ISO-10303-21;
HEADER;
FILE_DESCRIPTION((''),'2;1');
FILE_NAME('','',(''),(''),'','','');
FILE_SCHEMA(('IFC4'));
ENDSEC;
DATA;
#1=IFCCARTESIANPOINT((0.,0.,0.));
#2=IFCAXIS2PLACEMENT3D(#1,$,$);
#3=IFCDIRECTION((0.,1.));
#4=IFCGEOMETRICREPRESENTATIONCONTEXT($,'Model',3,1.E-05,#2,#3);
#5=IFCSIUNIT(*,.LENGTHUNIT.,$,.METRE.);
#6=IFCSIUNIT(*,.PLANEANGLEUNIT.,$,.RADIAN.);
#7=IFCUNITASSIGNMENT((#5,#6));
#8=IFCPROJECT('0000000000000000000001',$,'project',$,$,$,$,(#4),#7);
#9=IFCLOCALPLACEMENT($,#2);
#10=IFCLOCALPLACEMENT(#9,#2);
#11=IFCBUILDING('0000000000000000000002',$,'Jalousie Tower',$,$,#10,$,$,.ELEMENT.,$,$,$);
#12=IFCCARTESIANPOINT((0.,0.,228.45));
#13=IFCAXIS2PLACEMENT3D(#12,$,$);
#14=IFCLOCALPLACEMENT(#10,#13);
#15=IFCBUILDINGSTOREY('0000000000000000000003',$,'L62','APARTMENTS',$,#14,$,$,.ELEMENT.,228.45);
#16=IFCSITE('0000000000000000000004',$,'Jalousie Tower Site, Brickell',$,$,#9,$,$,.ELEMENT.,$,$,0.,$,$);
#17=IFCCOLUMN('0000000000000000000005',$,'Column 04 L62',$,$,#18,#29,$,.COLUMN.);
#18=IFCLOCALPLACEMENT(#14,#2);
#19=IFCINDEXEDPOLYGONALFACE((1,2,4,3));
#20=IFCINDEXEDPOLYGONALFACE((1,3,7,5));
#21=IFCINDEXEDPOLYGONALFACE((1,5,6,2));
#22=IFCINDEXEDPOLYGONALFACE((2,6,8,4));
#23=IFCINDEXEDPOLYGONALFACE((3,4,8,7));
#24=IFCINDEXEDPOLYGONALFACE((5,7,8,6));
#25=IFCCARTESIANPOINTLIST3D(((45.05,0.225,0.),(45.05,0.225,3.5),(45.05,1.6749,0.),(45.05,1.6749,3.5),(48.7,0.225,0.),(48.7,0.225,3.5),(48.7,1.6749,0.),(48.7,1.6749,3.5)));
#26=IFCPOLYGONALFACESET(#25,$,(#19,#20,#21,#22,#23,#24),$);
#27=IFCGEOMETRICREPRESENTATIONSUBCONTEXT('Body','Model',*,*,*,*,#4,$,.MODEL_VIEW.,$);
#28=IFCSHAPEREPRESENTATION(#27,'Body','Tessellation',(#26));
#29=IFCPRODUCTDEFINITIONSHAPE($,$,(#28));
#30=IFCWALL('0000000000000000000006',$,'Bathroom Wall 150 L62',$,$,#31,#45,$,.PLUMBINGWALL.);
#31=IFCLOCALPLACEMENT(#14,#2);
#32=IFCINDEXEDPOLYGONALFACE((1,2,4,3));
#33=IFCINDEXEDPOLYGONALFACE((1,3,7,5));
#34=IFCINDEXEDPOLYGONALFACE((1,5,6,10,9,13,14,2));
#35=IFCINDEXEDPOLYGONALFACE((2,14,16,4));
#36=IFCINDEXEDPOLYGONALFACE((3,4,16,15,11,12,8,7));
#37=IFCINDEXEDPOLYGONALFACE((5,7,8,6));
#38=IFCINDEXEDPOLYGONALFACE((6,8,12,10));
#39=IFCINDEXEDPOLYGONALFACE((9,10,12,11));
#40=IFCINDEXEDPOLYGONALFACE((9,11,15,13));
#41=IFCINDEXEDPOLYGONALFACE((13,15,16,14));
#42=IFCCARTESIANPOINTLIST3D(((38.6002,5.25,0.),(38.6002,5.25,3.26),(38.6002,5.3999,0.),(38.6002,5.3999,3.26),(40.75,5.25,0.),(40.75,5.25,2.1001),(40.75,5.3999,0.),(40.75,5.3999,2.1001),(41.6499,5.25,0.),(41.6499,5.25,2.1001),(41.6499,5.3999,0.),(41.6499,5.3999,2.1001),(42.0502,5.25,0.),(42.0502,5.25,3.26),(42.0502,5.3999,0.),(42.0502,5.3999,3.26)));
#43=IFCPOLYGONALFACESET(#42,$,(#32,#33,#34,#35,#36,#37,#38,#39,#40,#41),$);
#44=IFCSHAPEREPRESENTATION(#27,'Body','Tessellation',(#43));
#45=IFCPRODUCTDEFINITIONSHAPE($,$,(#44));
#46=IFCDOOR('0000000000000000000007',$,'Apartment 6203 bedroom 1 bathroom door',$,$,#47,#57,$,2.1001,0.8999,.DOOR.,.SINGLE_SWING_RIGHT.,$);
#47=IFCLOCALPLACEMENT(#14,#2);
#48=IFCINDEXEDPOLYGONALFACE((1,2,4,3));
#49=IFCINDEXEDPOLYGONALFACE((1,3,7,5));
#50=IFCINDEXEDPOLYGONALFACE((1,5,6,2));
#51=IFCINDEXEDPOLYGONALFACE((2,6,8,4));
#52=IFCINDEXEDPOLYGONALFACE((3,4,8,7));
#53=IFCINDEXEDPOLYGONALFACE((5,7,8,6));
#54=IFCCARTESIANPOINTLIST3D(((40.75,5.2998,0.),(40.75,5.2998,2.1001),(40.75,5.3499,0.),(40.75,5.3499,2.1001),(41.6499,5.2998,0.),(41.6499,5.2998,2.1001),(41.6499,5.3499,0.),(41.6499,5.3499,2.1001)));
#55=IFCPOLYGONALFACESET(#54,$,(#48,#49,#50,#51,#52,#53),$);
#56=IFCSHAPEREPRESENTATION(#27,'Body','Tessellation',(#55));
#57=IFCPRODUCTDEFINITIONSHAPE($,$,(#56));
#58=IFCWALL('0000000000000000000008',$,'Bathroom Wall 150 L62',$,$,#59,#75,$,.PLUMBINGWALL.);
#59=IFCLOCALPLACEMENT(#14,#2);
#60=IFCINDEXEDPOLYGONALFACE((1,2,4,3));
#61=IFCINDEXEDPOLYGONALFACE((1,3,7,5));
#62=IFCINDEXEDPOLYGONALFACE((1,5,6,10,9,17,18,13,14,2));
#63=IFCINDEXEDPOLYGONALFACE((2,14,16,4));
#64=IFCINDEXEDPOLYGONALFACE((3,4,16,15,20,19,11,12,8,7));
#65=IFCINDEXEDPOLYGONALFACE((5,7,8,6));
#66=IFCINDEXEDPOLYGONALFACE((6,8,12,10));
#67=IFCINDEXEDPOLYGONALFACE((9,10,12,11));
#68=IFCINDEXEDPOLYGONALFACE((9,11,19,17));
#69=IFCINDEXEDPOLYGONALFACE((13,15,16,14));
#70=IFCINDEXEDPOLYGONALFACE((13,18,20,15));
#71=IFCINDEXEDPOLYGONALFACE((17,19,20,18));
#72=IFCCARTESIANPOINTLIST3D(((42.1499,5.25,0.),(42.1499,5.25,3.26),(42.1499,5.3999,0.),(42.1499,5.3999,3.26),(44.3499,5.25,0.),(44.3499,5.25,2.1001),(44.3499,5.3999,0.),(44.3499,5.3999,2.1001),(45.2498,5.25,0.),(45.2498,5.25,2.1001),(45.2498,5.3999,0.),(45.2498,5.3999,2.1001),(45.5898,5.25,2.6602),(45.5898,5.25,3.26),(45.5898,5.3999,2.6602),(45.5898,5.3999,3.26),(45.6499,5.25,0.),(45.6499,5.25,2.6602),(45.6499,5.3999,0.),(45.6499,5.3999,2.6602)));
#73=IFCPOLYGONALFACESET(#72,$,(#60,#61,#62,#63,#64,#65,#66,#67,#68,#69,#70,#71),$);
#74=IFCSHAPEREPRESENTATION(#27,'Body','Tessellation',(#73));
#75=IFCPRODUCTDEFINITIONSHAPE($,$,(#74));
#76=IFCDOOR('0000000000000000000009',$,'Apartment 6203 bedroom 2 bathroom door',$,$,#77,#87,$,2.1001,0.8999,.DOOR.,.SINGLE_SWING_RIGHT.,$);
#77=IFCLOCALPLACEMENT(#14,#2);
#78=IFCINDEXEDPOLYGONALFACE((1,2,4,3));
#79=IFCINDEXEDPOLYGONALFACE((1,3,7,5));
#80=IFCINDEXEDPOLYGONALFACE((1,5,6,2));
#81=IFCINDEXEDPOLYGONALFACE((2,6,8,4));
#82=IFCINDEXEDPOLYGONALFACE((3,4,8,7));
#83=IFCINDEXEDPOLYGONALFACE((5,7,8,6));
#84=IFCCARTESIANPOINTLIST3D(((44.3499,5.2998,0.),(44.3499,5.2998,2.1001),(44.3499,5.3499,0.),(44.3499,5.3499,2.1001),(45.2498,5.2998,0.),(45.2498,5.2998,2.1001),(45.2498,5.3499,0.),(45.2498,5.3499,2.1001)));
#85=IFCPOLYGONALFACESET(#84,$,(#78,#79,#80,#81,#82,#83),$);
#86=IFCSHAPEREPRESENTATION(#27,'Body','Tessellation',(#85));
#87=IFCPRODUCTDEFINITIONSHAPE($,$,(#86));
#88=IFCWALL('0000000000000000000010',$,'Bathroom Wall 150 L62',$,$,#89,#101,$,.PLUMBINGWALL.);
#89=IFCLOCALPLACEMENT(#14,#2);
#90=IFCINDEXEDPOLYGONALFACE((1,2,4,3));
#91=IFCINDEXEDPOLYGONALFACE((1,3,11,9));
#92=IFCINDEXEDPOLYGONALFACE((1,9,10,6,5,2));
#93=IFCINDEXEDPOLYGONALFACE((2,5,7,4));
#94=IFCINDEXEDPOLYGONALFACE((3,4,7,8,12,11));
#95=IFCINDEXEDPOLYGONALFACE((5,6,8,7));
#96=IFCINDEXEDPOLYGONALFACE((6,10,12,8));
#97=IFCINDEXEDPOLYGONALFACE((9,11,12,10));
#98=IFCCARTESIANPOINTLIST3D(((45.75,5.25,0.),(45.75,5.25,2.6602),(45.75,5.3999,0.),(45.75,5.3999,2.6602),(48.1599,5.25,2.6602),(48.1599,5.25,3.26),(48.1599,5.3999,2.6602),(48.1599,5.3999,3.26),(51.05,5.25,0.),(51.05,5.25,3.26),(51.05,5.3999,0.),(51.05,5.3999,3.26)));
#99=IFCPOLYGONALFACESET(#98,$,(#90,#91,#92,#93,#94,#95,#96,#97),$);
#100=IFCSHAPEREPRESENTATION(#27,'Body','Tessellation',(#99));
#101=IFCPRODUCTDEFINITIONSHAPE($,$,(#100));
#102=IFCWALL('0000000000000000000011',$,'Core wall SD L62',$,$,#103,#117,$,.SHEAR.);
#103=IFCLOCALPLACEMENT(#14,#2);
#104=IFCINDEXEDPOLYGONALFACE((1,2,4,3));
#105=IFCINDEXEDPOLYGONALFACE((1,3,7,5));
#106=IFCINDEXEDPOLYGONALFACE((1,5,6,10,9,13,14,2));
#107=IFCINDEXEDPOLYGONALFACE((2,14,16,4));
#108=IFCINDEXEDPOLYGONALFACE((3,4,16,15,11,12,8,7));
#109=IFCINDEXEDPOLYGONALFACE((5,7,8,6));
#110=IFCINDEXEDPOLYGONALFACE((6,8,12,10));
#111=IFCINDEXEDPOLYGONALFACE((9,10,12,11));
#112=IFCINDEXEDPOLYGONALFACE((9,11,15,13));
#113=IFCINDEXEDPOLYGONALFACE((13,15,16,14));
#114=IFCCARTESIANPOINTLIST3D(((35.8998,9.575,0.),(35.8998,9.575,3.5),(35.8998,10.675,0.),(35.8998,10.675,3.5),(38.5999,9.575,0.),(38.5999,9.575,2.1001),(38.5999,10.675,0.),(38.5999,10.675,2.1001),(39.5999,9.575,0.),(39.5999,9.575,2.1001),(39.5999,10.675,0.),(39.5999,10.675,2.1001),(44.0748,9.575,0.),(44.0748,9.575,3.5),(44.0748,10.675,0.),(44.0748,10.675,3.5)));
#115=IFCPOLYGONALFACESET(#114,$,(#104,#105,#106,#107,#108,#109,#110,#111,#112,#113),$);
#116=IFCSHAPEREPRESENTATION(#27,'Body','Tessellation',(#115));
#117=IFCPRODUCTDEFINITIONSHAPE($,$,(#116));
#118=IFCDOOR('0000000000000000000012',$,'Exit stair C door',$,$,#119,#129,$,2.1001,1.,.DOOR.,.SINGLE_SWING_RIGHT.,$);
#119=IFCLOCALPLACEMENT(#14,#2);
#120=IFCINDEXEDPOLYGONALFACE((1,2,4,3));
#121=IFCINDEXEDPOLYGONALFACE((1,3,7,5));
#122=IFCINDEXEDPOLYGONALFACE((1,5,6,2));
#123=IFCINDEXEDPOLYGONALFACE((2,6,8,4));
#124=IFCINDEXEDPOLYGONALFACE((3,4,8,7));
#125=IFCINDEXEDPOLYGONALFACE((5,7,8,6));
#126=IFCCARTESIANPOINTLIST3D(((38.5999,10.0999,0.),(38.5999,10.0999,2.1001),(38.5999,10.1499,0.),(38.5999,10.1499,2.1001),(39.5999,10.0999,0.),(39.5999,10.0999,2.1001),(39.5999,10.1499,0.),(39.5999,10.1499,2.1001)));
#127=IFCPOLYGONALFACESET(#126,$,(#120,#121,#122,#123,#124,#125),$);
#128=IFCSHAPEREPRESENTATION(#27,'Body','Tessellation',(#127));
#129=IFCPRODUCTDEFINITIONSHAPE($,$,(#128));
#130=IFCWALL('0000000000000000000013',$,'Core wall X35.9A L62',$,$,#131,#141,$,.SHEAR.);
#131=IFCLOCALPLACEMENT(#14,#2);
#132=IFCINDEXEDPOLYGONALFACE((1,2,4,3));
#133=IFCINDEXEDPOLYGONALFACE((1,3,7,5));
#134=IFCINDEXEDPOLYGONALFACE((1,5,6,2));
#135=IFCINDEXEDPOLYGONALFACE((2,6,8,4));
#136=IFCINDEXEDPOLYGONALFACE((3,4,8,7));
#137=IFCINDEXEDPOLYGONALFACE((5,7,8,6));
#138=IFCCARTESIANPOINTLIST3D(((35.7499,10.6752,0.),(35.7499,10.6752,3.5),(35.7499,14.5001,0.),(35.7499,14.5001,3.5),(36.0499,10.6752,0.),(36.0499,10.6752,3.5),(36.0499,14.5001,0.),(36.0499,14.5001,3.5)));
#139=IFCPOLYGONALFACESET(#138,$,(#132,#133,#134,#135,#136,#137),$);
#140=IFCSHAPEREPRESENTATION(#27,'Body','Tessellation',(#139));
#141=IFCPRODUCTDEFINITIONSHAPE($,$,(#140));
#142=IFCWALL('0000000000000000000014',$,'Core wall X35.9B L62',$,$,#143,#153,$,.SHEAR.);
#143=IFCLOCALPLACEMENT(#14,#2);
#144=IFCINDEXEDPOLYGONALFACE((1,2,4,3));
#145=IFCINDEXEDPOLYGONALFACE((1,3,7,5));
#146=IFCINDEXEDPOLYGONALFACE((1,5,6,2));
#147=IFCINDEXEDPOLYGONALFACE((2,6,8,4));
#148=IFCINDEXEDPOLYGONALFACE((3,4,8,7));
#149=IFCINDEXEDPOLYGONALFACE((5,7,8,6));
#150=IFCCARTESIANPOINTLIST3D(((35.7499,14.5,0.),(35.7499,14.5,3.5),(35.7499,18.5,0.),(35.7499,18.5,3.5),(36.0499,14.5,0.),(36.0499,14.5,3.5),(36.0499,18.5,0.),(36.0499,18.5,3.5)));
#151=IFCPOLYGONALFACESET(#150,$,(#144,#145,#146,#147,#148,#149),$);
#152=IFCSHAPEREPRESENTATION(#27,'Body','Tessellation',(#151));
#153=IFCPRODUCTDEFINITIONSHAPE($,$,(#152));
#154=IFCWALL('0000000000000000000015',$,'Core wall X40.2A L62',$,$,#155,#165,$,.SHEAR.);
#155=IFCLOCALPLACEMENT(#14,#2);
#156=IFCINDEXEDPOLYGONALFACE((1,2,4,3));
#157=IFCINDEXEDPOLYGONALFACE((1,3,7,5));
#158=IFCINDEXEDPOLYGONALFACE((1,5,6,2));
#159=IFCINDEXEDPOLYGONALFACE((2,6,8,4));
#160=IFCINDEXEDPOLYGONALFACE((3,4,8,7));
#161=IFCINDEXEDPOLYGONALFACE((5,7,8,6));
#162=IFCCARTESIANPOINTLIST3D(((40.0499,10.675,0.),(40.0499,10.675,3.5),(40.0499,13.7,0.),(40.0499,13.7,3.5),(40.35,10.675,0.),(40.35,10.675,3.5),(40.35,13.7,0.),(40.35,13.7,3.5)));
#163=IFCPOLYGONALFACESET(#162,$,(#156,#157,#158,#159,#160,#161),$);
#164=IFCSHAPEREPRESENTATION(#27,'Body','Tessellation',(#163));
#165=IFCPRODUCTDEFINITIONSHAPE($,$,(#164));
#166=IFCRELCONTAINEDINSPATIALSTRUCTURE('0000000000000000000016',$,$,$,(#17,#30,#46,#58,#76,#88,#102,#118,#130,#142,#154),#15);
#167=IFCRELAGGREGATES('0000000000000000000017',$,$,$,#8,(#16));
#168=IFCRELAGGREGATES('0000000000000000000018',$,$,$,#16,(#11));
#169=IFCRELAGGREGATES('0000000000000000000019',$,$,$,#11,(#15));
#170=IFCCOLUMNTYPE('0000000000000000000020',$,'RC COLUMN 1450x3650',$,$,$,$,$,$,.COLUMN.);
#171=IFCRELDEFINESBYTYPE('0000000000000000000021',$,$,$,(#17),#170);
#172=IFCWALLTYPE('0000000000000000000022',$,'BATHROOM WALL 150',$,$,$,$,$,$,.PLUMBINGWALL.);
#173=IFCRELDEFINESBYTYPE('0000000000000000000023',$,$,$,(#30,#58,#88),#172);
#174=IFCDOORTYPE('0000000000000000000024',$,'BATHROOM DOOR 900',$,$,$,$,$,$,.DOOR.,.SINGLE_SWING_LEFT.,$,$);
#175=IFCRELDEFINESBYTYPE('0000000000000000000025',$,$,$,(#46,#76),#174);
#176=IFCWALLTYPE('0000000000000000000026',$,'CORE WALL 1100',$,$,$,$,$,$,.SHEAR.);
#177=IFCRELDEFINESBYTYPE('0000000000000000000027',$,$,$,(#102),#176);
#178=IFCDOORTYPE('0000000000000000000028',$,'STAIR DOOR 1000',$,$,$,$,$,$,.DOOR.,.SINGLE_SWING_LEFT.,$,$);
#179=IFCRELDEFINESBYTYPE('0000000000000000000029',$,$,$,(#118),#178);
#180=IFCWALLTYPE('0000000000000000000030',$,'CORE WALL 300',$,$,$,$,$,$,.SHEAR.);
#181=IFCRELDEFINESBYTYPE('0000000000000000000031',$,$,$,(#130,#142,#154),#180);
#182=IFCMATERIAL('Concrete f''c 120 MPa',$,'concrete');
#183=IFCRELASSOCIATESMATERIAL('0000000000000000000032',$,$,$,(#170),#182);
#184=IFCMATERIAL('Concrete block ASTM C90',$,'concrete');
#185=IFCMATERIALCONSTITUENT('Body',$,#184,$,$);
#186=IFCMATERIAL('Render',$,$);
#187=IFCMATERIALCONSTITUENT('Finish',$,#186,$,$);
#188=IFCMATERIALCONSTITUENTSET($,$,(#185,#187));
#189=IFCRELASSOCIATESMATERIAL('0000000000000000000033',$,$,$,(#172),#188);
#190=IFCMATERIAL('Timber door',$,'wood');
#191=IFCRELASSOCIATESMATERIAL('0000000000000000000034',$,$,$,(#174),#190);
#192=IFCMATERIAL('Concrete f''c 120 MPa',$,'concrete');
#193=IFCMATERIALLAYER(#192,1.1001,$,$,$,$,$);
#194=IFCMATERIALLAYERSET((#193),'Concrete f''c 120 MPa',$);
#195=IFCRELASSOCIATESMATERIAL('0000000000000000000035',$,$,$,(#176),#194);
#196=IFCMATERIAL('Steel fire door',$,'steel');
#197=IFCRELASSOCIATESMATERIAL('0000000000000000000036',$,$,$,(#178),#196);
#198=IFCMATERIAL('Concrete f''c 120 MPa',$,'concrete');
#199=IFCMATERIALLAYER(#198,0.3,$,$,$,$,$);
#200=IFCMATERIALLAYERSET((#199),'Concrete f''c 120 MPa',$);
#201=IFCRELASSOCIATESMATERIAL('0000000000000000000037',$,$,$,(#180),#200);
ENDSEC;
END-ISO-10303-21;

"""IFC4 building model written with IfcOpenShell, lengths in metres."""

from ifc_helpers import new_model, si_unit, direction, frame, frame_2d, origin, origin_2d, place, context, subcontext, project, spatial, polyline, rectangle, outline, extrude, material, layer, layer_set, constituent, constituent_set, material_profile, profile_set, type_object, element, fill, save


model = new_model("IFC4")

# Units and contexts
model_context = context("Model", 3, precision=1e-05, world=origin(), true_north=direction((0.0, 1.0)))
body_context = subcontext(model_context, "Body", "Model", "MODEL_VIEW")
ifc_project = project(units=[si_unit("LENGTHUNIT", "METRE"), si_unit("PLANEANGLEUNIT", "RADIAN")], contexts=[model_context])

# Site, building, storey
site_placement = place(None, origin())
site = spatial("IfcSite", under=ifc_project, at=site_placement, Name="Jalousie Tower Site, Brickell", CompositionType="ELEMENT", RefElevation=0.0)
building_placement = place(site_placement, origin())
building = spatial("IfcBuilding", under=site, at=building_placement, Name="Jalousie Tower", CompositionType="ELEMENT")
storey_placement = place(building_placement, frame((0.0, 0.0, 228.45)))
storey = spatial("IfcBuildingStorey", under=building, at=storey_placement, Name="L62", Description="APARTMENTS", CompositionType="ELEMENT", Elevation=228.45)

# Column
ifc_material_1 = material(Name="Concrete f'c 120 MPa", Category="concrete")
ifc_material_profile = material_profile(ifc_material_1, rectangle(XDim=1.45, YDim=3.6499, at=origin_2d()), Name="RC 1450x3650")
ifc_profile_set = profile_set([ifc_material_profile], Name="Concrete f'c 120 MPa")
column_type = type_object("IfcColumnType", Name="RC COLUMN 1450x3650", PredefinedType="COLUMN", material=ifc_profile_set)
column_placement = place(storey_placement, frame((46.875, 0.95, 0.0), z_axis=(0.0, 0.0, 1.0), x_axis=(0.0, 1.0, 0.0)))
element("IfcColumn", 1, at=column_placement, inside=storey, type_object=column_type, Name="Column 04 L62", PredefinedType="COLUMN", context=body_context, shape_type="SweptSolid", body=[
    extrude(rectangle(XDim=1.45, YDim=3.6499, at=origin_2d()), origin(), (0.0, 0.0, 1.0), 3.5),
])

# Walls, openings, doors
ifc_material_2 = material(Name="Concrete block ASTM C90", Category="concrete")
ifc_constituent_1 = constituent(ifc_material_2, Name="Body")
ifc_material_3 = material(Name="Render")
ifc_constituent_2 = constituent(ifc_material_3, Name="Finish")
ifc_constituent_set_1 = constituent_set(constituents=[ifc_constituent_1, ifc_constituent_2])
wall_type_1 = type_object("IfcWallType", Name="BATHROOM WALL 150", PredefinedType="PLUMBINGWALL", material=ifc_constituent_set_1)
wall_1_placement = place(storey_placement, frame((38.6001, 5.325, 0.0), z_axis=(0.0, 0.0, 1.0), x_axis=(1.0, 0.0, 0.0)))
wall_1 = element("IfcWall", 2, at=wall_1_placement, inside=storey, type_object=wall_type_1, Name="Bathroom Wall 150 L62", PredefinedType="PLUMBINGWALL", context=body_context, shape_type="SweptSolid", body=[
    extrude(rectangle(XDim=3.45, YDim=0.1499, at=frame_2d((1.7251, 0.0))), origin(), (0.0, 0.0, 1.0), 3.26),
])
opening_1_placement = place(wall_1_placement, frame((2.1499, 0.0, 0.0)))
opening_1 = element("IfcOpeningElement", 3, at=opening_1_placement, cuts=wall_1, PredefinedType="OPENING", context=body_context, shape_type="SweptSolid", body=[
    extrude(rectangle(XDim=0.8999, YDim=2.1001, at=frame_2d((0.45, 1.05))), frame((0.0, 0.085, 0.0), z_axis=(0.0, -1.0, 0.0), x_axis=(1.0, 0.0, 0.0)), (0.0, 0.0, 1.0), 0.1699),
])
ifc_material_4 = material(Name="Timber door", Category="wood")
door_type_1 = type_object("IfcDoorType", Name="BATHROOM DOOR 900", OperationType="SINGLE_SWING_LEFT", PredefinedType="DOOR", material=ifc_material_4)
door_1_placement = place(opening_1_placement, origin())
door_1 = element("IfcDoor", 4, at=door_1_placement, inside=storey, type_object=door_type_1, Name="Apartment 6203 bedroom 1 bathroom door", OperationType="SINGLE_SWING_RIGHT", OverallHeight=2.1001, OverallWidth=0.8999, PredefinedType="DOOR", context=body_context, shape_type="SweptSolid", body=[
    extrude(rectangle(XDim=0.8999, YDim=2.1001, at=frame_2d((0.45, 1.05))), frame((0.0, 0.0249, 0.0), z_axis=(0.0, -1.0, 0.0), x_axis=(1.0, 0.0, 0.0)), (0.0, 0.0, 1.0), 0.05),
])
fill(opening_1, door_1)
wall_2_placement = place(storey_placement, frame((42.1499, 5.325, 0.0), z_axis=(0.0, 0.0, 1.0), x_axis=(1.0, 0.0, 0.0)))
wall_2 = element("IfcWall", 5, at=wall_2_placement, inside=storey, type_object=wall_type_1, Name="Bathroom Wall 150 L62", PredefinedType="PLUMBINGWALL", context=body_context, shape_type="SweptSolid", body=[
    extrude(outline(polyline([(0.0, 0.0), (3.5, 0.0), (3.5, 3.26), (3.5, 2.6602), (3.4399, 2.6602), (3.4399, 3.26), (0.0, 3.26), (0.0, 0.0)])), frame((0.0, 0.075, 0.0), z_axis=(0.0, -1.0, 0.0), x_axis=(1.0, 0.0, 0.0)), (0.0, 0.0, 1.0), 0.1499),
])
opening_2_placement = place(wall_2_placement, frame((2.2, 0.0, 0.0)))
opening_2 = element("IfcOpeningElement", 6, at=opening_2_placement, cuts=wall_2, PredefinedType="OPENING", context=body_context, shape_type="SweptSolid", body=[
    extrude(rectangle(XDim=0.8999, YDim=2.1001, at=frame_2d((0.45, 1.05))), frame((0.0, 0.085, 0.0), z_axis=(0.0, -1.0, 0.0), x_axis=(1.0, 0.0, 0.0)), (0.0, 0.0, 1.0), 0.1699),
])
door_2_placement = place(opening_2_placement, origin())
door_2 = element("IfcDoor", 7, at=door_2_placement, inside=storey, type_object=door_type_1, Name="Apartment 6203 bedroom 2 bathroom door", OperationType="SINGLE_SWING_RIGHT", OverallHeight=2.1001, OverallWidth=0.8999, PredefinedType="DOOR", context=body_context, shape_type="SweptSolid", body=[
    extrude(rectangle(XDim=0.8999, YDim=2.1001, at=frame_2d((0.45, 1.05))), frame((0.0, 0.0249, 0.0), z_axis=(0.0, -1.0, 0.0), x_axis=(1.0, 0.0, 0.0)), (0.0, 0.0, 1.0), 0.05),
])
fill(opening_2, door_2)

# Wall
wall_3_placement = place(storey_placement, frame((45.75, 5.325, 0.0), z_axis=(0.0, 0.0, 1.0), x_axis=(1.0, 0.0, 0.0)))
element("IfcWall", 8, at=wall_3_placement, inside=storey, type_object=wall_type_1, Name="Bathroom Wall 150 L62", PredefinedType="PLUMBINGWALL", context=body_context, shape_type="SweptSolid", body=[
    extrude(outline(polyline([(0.0, 0.0), (5.3, 0.0), (5.3, 3.26), (2.4099, 3.26), (2.4099, 2.6602), (0.0, 2.6602), (0.0, 3.26), (0.0, 0.0)])), frame((0.0, 0.075, 0.0), z_axis=(0.0, -1.0, 0.0), x_axis=(1.0, 0.0, 0.0)), (0.0, 0.0, 1.0), 0.1499),
])

# Wall, opening, door
ifc_material_5 = material(Name="Concrete f'c 120 MPa", Category="concrete")
ifc_layer_1 = layer(ifc_material_5, 1.1001)
ifc_layer_set_1 = layer_set([ifc_layer_1], Name="Concrete f'c 120 MPa")
wall_type_2 = type_object("IfcWallType", Name="CORE WALL 1100", PredefinedType="SHEAR", material=ifc_layer_set_1)
wall_4_placement = place(storey_placement, frame((35.8999, 10.125, 0.0), z_axis=(0.0, 0.0, 1.0), x_axis=(1.0, 0.0, 0.0)))
wall_4 = element("IfcWall", 9, at=wall_4_placement, inside=storey, type_object=wall_type_2, Name="Core wall SD L62", PredefinedType="SHEAR", context=body_context, shape_type="SweptSolid", body=[
    extrude(rectangle(XDim=8.175, YDim=1.1001, at=frame_2d((4.0874, 0.0))), origin(), (0.0, 0.0, 1.0), 3.5),
])
opening_3_placement = place(wall_4_placement, frame((2.7, 0.0, 0.0)))
opening_3 = element("IfcOpeningElement", 10, at=opening_3_placement, cuts=wall_4, PredefinedType="OPENING", context=body_context, shape_type="SweptSolid", body=[
    extrude(rectangle(XDim=1.0, YDim=2.1001, at=frame_2d((0.5, 1.05))), frame((0.0, 0.5601, 0.0), z_axis=(0.0, -1.0, 0.0), x_axis=(1.0, 0.0, 0.0)), (0.0, 0.0, 1.0), 1.1201),
])
ifc_material_6 = material(Name="Steel fire door", Category="steel")
door_type_2 = type_object("IfcDoorType", Name="STAIR DOOR 1000", OperationType="SINGLE_SWING_LEFT", PredefinedType="DOOR", material=ifc_material_6)
door_3_placement = place(opening_3_placement, origin())
door_3 = element("IfcDoor", 11, at=door_3_placement, inside=storey, type_object=door_type_2, Name="Exit stair C door", OperationType="SINGLE_SWING_RIGHT", OverallHeight=2.1001, OverallWidth=1.0, PredefinedType="DOOR", context=body_context, shape_type="SweptSolid", body=[
    extrude(rectangle(XDim=1.0, YDim=2.1001, at=frame_2d((0.5, 1.05))), frame((0.0, 0.0249, 0.0), z_axis=(0.0, -1.0, 0.0), x_axis=(1.0, 0.0, 0.0)), (0.0, 0.0, 1.0), 0.05),
])
fill(opening_3, door_3)

# Walls
ifc_material_7 = material(Name="Concrete f'c 120 MPa", Category="concrete")
ifc_layer_2 = layer(ifc_material_7, 0.3)
ifc_layer_set_2 = layer_set([ifc_layer_2], Name="Concrete f'c 120 MPa")
wall_type_3 = type_object("IfcWallType", Name="CORE WALL 300", PredefinedType="SHEAR", material=ifc_layer_set_2)
wall_5_placement = place(storey_placement, frame((35.8999, 10.675, 0.0), z_axis=(0.0, 0.0, 1.0), x_axis=(0.0, 1.0, 0.0)))
element("IfcWall", 12, at=wall_5_placement, inside=storey, type_object=wall_type_3, Name="Core wall X35.9A L62", PredefinedType="SHEAR", context=body_context, shape_type="SweptSolid", body=[
    extrude(rectangle(XDim=3.825, YDim=0.3, at=frame_2d((1.9126, 0.0))), origin(), (0.0, 0.0, 1.0), 3.5),
])
wall_6_placement = place(storey_placement, frame((35.8999, 14.5, 0.0), z_axis=(0.0, 0.0, 1.0), x_axis=(0.0, 1.0, 0.0)))
element("IfcWall", 13, at=wall_6_placement, inside=storey, type_object=wall_type_3, Name="Core wall X35.9B L62", PredefinedType="SHEAR", context=body_context, shape_type="SweptSolid", body=[
    extrude(rectangle(XDim=4.0, YDim=0.3, at=frame_2d((2.0, 0.0))), origin(), (0.0, 0.0, 1.0), 3.5),
])
wall_7_placement = place(storey_placement, frame((40.2, 10.675, 0.0), z_axis=(0.0, 0.0, 1.0), x_axis=(0.0, 1.0, 0.0)))
element("IfcWall", 14, at=wall_7_placement, inside=storey, type_object=wall_type_3, Name="Core wall X40.2A L62", PredefinedType="SHEAR", context=body_context, shape_type="SweptSolid", body=[
    extrude(rectangle(XDim=3.0249, YDim=0.3, at=frame_2d((1.5125, 0.0))), origin(), (0.0, 0.0, 1.0), 3.5),
])

save(model, "model.ifc")
